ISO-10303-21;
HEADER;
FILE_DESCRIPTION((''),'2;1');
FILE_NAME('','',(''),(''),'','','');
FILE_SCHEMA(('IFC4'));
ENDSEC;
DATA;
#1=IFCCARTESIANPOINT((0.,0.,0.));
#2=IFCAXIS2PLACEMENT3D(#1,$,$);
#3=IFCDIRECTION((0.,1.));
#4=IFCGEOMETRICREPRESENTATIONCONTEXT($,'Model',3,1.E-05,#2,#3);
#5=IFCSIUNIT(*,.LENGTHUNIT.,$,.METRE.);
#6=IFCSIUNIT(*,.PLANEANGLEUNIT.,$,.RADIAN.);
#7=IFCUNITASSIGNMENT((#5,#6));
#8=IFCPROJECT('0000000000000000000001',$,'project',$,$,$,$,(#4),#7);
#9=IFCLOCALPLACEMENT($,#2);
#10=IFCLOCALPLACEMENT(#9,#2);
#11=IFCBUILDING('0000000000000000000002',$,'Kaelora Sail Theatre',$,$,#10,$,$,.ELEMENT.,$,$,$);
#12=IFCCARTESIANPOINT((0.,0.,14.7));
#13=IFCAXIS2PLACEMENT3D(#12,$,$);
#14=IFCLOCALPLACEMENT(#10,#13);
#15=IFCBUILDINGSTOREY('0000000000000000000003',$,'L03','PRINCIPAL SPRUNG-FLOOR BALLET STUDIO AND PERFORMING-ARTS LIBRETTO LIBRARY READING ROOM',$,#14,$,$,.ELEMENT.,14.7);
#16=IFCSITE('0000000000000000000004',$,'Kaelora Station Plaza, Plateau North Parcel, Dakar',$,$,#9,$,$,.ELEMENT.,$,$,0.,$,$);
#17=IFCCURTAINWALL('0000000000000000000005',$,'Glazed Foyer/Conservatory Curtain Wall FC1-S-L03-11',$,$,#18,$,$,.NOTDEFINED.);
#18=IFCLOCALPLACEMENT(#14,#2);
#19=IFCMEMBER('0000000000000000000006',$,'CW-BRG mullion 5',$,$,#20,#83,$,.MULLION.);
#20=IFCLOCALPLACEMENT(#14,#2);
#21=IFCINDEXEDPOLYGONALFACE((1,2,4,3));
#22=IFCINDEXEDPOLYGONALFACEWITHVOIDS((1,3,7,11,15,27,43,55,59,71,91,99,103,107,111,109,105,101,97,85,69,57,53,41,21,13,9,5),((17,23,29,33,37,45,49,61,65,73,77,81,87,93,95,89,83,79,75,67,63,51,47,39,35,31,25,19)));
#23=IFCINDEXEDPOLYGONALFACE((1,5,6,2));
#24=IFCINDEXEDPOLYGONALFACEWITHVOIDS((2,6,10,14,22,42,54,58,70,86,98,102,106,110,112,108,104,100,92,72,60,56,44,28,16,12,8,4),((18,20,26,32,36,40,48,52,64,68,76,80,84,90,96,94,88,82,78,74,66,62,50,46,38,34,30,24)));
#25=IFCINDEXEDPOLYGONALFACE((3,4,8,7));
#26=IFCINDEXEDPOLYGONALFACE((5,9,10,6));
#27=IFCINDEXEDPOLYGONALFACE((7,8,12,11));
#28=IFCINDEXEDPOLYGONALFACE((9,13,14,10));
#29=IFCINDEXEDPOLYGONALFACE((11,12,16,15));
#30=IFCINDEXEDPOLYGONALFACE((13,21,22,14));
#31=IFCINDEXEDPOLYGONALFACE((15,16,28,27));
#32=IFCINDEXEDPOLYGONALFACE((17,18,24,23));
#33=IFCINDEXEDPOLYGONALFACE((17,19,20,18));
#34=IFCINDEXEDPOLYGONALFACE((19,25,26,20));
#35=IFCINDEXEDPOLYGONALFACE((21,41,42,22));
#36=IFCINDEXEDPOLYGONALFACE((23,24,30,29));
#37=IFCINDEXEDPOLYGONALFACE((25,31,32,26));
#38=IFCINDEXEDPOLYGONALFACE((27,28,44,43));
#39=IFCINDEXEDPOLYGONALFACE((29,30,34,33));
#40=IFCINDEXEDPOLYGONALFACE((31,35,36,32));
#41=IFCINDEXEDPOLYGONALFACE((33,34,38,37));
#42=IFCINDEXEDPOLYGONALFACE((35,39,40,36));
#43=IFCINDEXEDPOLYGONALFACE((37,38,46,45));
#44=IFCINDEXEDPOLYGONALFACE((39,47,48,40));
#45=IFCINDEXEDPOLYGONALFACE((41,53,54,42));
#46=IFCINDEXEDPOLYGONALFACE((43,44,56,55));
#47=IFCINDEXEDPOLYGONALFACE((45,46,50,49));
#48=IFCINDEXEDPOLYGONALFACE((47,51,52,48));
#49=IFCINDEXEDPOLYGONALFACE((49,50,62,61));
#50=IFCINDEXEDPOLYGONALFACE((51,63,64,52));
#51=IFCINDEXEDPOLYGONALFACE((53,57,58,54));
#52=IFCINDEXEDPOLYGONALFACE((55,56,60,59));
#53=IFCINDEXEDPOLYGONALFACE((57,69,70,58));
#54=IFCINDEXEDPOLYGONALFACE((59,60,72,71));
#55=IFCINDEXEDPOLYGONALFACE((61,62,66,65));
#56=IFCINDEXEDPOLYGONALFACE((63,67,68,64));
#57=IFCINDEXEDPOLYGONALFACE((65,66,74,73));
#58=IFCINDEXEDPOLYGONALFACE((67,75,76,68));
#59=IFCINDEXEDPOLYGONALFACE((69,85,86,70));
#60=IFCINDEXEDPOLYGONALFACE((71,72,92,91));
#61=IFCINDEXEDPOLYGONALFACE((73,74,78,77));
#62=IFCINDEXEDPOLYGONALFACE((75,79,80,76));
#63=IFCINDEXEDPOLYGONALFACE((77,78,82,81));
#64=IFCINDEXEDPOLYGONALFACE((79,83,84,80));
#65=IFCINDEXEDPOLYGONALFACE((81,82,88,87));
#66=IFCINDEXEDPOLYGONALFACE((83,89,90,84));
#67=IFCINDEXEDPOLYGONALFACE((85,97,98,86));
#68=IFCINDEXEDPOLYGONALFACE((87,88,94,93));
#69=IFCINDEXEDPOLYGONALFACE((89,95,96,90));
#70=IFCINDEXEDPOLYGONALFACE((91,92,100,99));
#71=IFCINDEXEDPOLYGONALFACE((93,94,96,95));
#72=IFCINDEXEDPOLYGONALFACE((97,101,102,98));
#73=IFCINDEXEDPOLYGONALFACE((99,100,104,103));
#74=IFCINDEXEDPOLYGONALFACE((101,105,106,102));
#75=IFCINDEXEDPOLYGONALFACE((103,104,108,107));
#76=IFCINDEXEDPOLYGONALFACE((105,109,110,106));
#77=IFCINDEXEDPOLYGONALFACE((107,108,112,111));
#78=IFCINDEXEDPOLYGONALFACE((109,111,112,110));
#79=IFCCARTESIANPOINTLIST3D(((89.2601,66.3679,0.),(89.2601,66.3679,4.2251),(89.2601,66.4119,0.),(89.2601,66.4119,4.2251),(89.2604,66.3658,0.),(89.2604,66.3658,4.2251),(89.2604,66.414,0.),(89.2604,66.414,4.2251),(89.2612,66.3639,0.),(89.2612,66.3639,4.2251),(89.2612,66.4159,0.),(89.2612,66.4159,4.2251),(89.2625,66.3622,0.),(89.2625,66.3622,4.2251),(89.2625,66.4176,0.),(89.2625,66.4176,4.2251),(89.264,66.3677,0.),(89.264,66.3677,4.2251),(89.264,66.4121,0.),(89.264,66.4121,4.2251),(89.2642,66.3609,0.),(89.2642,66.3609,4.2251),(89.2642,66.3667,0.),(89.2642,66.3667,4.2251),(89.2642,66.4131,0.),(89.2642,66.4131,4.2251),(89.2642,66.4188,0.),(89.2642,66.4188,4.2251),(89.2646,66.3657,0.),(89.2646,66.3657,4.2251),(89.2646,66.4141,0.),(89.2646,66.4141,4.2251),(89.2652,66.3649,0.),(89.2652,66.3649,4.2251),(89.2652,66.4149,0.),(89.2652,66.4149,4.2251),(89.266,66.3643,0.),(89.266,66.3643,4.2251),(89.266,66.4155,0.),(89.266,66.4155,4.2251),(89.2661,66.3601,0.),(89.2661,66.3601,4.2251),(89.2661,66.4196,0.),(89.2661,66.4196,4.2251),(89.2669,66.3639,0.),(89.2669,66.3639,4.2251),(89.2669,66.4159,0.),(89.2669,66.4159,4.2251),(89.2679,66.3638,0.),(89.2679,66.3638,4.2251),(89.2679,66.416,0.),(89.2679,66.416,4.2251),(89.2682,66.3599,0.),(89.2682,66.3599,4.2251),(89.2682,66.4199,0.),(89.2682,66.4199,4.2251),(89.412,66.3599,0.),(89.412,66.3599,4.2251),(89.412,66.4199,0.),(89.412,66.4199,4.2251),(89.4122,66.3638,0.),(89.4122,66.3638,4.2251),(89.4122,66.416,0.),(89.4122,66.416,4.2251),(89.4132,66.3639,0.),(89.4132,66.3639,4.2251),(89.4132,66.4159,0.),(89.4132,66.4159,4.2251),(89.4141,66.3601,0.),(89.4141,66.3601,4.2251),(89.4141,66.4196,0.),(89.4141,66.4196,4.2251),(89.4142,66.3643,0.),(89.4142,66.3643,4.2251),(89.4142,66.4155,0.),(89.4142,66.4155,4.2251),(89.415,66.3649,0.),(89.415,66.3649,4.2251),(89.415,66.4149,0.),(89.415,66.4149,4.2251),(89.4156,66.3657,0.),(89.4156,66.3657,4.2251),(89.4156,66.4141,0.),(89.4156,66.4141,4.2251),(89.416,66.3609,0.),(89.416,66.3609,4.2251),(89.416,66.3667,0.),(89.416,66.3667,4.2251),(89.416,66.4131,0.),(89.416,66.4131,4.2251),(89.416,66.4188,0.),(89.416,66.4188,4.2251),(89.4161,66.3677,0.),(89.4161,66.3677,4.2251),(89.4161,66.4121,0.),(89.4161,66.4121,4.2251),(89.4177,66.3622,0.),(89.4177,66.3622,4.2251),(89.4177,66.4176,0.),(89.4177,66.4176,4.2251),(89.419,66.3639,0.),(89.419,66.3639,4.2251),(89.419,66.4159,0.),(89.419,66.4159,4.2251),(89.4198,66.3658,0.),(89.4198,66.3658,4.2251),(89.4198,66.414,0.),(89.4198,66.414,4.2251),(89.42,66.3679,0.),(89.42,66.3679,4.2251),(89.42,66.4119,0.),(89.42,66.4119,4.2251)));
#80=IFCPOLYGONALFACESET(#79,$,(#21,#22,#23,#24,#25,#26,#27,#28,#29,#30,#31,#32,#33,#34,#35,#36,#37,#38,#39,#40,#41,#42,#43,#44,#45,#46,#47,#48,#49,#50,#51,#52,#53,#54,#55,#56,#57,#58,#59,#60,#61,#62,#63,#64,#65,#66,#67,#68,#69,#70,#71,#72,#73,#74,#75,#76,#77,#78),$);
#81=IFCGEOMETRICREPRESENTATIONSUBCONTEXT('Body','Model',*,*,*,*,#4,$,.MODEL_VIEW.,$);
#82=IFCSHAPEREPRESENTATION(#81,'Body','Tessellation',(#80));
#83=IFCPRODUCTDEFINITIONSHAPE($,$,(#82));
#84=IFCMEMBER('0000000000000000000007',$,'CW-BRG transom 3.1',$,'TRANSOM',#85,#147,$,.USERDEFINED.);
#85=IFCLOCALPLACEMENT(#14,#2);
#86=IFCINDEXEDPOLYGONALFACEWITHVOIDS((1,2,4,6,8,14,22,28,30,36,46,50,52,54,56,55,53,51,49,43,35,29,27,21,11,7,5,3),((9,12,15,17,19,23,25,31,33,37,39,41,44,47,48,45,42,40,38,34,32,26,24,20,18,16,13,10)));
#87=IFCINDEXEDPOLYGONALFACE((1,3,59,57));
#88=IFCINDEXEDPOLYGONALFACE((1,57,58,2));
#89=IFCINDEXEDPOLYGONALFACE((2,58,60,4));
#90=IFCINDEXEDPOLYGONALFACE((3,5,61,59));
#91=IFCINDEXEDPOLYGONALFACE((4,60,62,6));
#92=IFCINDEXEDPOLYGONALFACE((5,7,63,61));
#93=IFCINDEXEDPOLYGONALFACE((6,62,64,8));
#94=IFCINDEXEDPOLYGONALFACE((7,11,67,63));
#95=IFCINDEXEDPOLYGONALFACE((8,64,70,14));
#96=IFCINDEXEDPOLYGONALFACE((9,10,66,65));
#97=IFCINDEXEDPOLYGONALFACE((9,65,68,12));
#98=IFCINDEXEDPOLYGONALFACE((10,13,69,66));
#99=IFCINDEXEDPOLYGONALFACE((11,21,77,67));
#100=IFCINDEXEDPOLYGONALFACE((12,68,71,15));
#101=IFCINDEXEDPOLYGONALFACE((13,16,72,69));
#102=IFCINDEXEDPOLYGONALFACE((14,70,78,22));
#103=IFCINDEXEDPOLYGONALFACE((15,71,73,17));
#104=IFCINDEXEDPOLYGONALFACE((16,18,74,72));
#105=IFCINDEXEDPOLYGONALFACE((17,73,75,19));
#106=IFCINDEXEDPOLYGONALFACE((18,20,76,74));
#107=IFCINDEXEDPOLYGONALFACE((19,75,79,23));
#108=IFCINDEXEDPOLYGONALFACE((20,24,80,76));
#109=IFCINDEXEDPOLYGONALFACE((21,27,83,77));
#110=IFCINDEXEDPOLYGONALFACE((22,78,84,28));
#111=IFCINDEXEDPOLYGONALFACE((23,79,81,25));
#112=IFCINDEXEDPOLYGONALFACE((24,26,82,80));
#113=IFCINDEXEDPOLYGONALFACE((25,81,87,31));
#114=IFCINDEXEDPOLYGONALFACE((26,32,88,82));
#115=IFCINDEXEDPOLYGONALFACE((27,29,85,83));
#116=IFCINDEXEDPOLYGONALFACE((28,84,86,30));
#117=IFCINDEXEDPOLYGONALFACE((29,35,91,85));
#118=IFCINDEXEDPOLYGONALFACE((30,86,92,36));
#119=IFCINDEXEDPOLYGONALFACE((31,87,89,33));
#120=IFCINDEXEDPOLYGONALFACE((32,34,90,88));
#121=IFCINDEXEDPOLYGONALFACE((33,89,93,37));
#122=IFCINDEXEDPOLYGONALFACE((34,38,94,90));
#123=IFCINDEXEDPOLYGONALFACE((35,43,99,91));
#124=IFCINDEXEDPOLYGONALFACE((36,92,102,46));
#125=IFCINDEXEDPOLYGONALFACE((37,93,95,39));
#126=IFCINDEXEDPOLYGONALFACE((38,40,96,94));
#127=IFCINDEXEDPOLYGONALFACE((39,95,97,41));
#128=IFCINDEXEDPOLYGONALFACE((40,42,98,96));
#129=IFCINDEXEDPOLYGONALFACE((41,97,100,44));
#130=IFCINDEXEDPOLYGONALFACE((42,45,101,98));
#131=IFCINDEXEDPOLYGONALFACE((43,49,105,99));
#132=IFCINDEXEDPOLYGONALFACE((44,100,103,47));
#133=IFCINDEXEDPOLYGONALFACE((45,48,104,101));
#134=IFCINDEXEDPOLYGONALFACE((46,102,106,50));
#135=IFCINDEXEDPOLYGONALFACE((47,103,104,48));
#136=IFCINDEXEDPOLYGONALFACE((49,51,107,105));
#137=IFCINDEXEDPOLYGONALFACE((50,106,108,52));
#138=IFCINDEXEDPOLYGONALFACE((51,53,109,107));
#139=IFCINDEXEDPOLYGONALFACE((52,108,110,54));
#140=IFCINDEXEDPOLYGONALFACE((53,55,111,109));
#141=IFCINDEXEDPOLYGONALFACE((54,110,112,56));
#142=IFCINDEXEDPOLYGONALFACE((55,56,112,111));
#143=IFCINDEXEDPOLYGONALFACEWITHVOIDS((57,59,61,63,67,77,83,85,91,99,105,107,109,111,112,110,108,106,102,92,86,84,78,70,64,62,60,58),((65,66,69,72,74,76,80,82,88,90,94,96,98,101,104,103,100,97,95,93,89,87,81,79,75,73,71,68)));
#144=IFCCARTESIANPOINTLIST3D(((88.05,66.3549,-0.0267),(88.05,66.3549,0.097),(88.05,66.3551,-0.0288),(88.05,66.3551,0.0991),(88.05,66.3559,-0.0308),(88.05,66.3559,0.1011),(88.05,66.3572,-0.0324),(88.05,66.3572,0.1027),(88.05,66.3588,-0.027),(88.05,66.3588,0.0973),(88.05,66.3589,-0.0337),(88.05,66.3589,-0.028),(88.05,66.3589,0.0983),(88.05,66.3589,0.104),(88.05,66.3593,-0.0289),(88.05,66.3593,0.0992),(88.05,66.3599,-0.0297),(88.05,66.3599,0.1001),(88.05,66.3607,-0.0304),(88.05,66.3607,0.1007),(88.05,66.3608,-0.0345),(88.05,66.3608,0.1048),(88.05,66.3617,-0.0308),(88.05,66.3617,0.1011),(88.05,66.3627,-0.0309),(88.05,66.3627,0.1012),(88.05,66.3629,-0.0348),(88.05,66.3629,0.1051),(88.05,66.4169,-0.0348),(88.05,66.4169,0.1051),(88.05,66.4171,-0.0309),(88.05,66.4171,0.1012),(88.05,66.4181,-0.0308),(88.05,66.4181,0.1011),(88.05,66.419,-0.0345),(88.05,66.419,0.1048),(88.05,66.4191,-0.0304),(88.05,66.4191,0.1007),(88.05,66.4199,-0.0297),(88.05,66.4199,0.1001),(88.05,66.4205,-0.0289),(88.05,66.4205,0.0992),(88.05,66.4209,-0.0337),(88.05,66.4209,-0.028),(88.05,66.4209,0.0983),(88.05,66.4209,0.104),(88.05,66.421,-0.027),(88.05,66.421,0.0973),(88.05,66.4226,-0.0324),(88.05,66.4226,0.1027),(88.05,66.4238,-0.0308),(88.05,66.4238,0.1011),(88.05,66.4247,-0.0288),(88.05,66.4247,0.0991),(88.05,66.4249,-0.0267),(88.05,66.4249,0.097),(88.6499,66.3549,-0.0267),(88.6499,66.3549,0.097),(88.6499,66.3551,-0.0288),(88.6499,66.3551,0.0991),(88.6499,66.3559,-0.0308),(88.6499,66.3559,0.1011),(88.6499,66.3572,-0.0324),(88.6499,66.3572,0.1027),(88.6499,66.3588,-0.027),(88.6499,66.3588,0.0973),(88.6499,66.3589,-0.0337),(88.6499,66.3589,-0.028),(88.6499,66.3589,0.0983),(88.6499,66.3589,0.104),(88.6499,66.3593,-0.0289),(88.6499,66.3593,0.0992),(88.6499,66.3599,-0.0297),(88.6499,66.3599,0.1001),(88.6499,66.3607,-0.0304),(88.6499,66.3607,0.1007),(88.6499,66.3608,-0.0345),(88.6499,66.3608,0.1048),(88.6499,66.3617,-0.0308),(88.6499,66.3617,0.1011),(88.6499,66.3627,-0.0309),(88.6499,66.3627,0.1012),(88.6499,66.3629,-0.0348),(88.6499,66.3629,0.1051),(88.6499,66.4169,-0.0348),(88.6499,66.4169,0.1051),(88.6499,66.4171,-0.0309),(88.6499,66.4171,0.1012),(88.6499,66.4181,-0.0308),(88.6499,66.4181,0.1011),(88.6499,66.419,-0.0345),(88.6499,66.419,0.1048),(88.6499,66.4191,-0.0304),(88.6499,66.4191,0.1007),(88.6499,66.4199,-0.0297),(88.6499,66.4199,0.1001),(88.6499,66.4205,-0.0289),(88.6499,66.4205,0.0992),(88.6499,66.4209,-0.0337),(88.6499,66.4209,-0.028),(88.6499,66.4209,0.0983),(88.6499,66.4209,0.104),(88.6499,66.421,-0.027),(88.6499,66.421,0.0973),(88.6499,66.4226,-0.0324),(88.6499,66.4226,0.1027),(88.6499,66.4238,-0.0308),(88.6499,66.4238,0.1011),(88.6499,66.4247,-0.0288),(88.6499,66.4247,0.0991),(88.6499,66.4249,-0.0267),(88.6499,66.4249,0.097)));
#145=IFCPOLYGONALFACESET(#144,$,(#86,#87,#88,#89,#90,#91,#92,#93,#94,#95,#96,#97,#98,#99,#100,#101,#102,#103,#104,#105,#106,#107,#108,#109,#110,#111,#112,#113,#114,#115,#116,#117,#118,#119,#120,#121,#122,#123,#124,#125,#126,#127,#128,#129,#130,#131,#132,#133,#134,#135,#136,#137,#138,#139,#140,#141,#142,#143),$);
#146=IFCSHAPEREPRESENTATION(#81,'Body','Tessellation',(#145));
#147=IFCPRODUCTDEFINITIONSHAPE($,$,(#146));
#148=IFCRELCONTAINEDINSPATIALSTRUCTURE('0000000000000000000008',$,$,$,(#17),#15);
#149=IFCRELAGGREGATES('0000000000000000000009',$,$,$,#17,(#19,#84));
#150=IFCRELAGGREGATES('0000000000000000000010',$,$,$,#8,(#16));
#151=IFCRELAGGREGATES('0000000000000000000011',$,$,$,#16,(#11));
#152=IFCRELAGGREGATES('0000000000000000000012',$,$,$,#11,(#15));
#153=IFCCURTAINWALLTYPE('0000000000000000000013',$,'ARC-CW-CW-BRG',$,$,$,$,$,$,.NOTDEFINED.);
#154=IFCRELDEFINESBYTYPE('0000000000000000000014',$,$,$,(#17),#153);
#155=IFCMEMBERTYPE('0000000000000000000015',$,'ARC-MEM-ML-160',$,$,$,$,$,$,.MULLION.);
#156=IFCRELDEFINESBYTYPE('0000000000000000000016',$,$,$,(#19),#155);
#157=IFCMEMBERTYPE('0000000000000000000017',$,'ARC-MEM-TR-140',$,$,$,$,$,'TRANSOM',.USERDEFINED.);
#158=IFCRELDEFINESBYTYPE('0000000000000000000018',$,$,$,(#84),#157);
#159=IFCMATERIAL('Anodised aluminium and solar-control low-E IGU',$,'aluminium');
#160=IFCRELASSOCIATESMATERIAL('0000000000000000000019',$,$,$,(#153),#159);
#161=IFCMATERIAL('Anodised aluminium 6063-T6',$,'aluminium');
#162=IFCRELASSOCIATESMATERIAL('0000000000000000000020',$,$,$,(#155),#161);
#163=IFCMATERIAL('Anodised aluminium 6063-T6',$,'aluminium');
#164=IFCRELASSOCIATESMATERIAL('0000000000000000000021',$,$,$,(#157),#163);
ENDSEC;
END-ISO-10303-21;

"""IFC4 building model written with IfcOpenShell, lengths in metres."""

from ifc_helpers import new_model, si_unit, direction, frame, origin, origin_2d, place, context, subcontext, project, spatial, hollow_rectangle, extrude, material, material_profile, profile_set, type_object, element, aggregate, save


model = new_model("IFC4")

# Units and contexts
model_context = context("Model", 3, precision=1e-05, world=origin(), true_north=direction((0.0, 1.0)))
body_context = subcontext(model_context, "Body", "Model", "MODEL_VIEW")
ifc_project = project(units=[si_unit("LENGTHUNIT", "METRE"), si_unit("PLANEANGLEUNIT", "RADIAN")], contexts=[model_context])

# Site, building, storey
site_placement = place(None, origin())
site = spatial("IfcSite", under=ifc_project, at=site_placement, Name="Kaelora Station Plaza, Plateau North Parcel, Dakar", CompositionType="ELEMENT", RefElevation=0.0)
building_placement = place(site_placement, origin())
building = spatial("IfcBuilding", under=site, at=building_placement, Name="Kaelora Sail Theatre", CompositionType="ELEMENT")
storey_placement = place(building_placement, frame((0.0, 0.0, 14.7)))
storey = spatial("IfcBuildingStorey", under=building, at=storey_placement, Name="L03", Description="PRINCIPAL SPRUNG-FLOOR BALLET STUDIO AND PERFORMING-ARTS LIBRETTO LIBRARY READING ROOM", CompositionType="ELEMENT", Elevation=14.7)

# Curtain wall, members
ifc_material_1 = material(Name="Anodised aluminium and solar-control low-E IGU", Category="aluminium")
curtain_wall_type = type_object("IfcCurtainWallType", Name="ARC-CW-CW-BRG", PredefinedType="NOTDEFINED", material=ifc_material_1)
curtain_wall_placement = place(storey_placement, origin())
curtain_wall = element("IfcCurtainWall", 1, at=curtain_wall_placement, inside=storey, type_object=curtain_wall_type, Name="Glazed Foyer/Conservatory Curtain Wall FC1-S-L03-11", PredefinedType="NOTDEFINED")
ifc_material_2 = material(Name="Anodised aluminium 6063-T6", Category="aluminium")
ifc_material_profile_1 = material_profile(ifc_material_2, hollow_rectangle(XDim=0.0601, YDim=0.1599, WallThickness=0.0039, InnerFilletRadius=0.0039, OuterFilletRadius=0.0081, at=origin_2d()), Name="ALU-MULL 60x160x4")
ifc_profile_set_1 = profile_set([ifc_material_profile_1], Name="Anodised aluminium 6063-T6")
member_type_1 = type_object("IfcMemberType", Name="ARC-MEM-ML-160", PredefinedType="MULLION", material=ifc_profile_set_1)
member_1_placement = place(storey_placement, frame((89.3401, 66.3899, 0.0), z_axis=(0.0, 0.0, 1.0), x_axis=(0.0, 1.0, 0.0)))
member_1 = element("IfcMember", 2, at=member_1_placement, type_object=member_type_1, Name="CW-BRG mullion 5", PredefinedType="MULLION", context=body_context, shape_type="SweptSolid", body=[
    extrude(hollow_rectangle(XDim=0.0601, YDim=0.1599, WallThickness=0.0039, InnerFilletRadius=0.0039, OuterFilletRadius=0.0081, at=origin_2d()), origin(), (0.0, 0.0, 1.0), 4.2251),
])
ifc_material_3 = material(Name="Anodised aluminium 6063-T6", Category="aluminium")
ifc_material_profile_2 = material_profile(ifc_material_3, hollow_rectangle(XDim=0.0701, YDim=0.1399, WallThickness=0.0039, InnerFilletRadius=0.0039, OuterFilletRadius=0.0081, at=origin_2d()), Name="ALU-TRAN 70x140x4")
ifc_profile_set_2 = profile_set([ifc_material_profile_2], Name="Anodised aluminium 6063-T6")
member_type_2 = type_object("IfcMemberType", Name="ARC-MEM-TR-140", ElementType="TRANSOM", PredefinedType="USERDEFINED", material=ifc_profile_set_2)
member_2_placement = place(storey_placement, frame((88.05, 66.3899, 0.0352), z_axis=(1.0, 0.0, 0.0), x_axis=(0.0, 1.0, 0.0)))
member_2 = element("IfcMember", 3, at=member_2_placement, type_object=member_type_2, Name="CW-BRG transom 3.1", ObjectType="TRANSOM", PredefinedType="USERDEFINED", context=body_context, shape_type="SweptSolid", body=[
    extrude(hollow_rectangle(XDim=0.0701, YDim=0.1399, WallThickness=0.0039, InnerFilletRadius=0.0039, OuterFilletRadius=0.0081, at=origin_2d()), origin(), (0.0, 0.0, 1.0), 0.5999),
])
aggregate(curtain_wall, [member_1, member_2])

save(model, "model.ifc")
